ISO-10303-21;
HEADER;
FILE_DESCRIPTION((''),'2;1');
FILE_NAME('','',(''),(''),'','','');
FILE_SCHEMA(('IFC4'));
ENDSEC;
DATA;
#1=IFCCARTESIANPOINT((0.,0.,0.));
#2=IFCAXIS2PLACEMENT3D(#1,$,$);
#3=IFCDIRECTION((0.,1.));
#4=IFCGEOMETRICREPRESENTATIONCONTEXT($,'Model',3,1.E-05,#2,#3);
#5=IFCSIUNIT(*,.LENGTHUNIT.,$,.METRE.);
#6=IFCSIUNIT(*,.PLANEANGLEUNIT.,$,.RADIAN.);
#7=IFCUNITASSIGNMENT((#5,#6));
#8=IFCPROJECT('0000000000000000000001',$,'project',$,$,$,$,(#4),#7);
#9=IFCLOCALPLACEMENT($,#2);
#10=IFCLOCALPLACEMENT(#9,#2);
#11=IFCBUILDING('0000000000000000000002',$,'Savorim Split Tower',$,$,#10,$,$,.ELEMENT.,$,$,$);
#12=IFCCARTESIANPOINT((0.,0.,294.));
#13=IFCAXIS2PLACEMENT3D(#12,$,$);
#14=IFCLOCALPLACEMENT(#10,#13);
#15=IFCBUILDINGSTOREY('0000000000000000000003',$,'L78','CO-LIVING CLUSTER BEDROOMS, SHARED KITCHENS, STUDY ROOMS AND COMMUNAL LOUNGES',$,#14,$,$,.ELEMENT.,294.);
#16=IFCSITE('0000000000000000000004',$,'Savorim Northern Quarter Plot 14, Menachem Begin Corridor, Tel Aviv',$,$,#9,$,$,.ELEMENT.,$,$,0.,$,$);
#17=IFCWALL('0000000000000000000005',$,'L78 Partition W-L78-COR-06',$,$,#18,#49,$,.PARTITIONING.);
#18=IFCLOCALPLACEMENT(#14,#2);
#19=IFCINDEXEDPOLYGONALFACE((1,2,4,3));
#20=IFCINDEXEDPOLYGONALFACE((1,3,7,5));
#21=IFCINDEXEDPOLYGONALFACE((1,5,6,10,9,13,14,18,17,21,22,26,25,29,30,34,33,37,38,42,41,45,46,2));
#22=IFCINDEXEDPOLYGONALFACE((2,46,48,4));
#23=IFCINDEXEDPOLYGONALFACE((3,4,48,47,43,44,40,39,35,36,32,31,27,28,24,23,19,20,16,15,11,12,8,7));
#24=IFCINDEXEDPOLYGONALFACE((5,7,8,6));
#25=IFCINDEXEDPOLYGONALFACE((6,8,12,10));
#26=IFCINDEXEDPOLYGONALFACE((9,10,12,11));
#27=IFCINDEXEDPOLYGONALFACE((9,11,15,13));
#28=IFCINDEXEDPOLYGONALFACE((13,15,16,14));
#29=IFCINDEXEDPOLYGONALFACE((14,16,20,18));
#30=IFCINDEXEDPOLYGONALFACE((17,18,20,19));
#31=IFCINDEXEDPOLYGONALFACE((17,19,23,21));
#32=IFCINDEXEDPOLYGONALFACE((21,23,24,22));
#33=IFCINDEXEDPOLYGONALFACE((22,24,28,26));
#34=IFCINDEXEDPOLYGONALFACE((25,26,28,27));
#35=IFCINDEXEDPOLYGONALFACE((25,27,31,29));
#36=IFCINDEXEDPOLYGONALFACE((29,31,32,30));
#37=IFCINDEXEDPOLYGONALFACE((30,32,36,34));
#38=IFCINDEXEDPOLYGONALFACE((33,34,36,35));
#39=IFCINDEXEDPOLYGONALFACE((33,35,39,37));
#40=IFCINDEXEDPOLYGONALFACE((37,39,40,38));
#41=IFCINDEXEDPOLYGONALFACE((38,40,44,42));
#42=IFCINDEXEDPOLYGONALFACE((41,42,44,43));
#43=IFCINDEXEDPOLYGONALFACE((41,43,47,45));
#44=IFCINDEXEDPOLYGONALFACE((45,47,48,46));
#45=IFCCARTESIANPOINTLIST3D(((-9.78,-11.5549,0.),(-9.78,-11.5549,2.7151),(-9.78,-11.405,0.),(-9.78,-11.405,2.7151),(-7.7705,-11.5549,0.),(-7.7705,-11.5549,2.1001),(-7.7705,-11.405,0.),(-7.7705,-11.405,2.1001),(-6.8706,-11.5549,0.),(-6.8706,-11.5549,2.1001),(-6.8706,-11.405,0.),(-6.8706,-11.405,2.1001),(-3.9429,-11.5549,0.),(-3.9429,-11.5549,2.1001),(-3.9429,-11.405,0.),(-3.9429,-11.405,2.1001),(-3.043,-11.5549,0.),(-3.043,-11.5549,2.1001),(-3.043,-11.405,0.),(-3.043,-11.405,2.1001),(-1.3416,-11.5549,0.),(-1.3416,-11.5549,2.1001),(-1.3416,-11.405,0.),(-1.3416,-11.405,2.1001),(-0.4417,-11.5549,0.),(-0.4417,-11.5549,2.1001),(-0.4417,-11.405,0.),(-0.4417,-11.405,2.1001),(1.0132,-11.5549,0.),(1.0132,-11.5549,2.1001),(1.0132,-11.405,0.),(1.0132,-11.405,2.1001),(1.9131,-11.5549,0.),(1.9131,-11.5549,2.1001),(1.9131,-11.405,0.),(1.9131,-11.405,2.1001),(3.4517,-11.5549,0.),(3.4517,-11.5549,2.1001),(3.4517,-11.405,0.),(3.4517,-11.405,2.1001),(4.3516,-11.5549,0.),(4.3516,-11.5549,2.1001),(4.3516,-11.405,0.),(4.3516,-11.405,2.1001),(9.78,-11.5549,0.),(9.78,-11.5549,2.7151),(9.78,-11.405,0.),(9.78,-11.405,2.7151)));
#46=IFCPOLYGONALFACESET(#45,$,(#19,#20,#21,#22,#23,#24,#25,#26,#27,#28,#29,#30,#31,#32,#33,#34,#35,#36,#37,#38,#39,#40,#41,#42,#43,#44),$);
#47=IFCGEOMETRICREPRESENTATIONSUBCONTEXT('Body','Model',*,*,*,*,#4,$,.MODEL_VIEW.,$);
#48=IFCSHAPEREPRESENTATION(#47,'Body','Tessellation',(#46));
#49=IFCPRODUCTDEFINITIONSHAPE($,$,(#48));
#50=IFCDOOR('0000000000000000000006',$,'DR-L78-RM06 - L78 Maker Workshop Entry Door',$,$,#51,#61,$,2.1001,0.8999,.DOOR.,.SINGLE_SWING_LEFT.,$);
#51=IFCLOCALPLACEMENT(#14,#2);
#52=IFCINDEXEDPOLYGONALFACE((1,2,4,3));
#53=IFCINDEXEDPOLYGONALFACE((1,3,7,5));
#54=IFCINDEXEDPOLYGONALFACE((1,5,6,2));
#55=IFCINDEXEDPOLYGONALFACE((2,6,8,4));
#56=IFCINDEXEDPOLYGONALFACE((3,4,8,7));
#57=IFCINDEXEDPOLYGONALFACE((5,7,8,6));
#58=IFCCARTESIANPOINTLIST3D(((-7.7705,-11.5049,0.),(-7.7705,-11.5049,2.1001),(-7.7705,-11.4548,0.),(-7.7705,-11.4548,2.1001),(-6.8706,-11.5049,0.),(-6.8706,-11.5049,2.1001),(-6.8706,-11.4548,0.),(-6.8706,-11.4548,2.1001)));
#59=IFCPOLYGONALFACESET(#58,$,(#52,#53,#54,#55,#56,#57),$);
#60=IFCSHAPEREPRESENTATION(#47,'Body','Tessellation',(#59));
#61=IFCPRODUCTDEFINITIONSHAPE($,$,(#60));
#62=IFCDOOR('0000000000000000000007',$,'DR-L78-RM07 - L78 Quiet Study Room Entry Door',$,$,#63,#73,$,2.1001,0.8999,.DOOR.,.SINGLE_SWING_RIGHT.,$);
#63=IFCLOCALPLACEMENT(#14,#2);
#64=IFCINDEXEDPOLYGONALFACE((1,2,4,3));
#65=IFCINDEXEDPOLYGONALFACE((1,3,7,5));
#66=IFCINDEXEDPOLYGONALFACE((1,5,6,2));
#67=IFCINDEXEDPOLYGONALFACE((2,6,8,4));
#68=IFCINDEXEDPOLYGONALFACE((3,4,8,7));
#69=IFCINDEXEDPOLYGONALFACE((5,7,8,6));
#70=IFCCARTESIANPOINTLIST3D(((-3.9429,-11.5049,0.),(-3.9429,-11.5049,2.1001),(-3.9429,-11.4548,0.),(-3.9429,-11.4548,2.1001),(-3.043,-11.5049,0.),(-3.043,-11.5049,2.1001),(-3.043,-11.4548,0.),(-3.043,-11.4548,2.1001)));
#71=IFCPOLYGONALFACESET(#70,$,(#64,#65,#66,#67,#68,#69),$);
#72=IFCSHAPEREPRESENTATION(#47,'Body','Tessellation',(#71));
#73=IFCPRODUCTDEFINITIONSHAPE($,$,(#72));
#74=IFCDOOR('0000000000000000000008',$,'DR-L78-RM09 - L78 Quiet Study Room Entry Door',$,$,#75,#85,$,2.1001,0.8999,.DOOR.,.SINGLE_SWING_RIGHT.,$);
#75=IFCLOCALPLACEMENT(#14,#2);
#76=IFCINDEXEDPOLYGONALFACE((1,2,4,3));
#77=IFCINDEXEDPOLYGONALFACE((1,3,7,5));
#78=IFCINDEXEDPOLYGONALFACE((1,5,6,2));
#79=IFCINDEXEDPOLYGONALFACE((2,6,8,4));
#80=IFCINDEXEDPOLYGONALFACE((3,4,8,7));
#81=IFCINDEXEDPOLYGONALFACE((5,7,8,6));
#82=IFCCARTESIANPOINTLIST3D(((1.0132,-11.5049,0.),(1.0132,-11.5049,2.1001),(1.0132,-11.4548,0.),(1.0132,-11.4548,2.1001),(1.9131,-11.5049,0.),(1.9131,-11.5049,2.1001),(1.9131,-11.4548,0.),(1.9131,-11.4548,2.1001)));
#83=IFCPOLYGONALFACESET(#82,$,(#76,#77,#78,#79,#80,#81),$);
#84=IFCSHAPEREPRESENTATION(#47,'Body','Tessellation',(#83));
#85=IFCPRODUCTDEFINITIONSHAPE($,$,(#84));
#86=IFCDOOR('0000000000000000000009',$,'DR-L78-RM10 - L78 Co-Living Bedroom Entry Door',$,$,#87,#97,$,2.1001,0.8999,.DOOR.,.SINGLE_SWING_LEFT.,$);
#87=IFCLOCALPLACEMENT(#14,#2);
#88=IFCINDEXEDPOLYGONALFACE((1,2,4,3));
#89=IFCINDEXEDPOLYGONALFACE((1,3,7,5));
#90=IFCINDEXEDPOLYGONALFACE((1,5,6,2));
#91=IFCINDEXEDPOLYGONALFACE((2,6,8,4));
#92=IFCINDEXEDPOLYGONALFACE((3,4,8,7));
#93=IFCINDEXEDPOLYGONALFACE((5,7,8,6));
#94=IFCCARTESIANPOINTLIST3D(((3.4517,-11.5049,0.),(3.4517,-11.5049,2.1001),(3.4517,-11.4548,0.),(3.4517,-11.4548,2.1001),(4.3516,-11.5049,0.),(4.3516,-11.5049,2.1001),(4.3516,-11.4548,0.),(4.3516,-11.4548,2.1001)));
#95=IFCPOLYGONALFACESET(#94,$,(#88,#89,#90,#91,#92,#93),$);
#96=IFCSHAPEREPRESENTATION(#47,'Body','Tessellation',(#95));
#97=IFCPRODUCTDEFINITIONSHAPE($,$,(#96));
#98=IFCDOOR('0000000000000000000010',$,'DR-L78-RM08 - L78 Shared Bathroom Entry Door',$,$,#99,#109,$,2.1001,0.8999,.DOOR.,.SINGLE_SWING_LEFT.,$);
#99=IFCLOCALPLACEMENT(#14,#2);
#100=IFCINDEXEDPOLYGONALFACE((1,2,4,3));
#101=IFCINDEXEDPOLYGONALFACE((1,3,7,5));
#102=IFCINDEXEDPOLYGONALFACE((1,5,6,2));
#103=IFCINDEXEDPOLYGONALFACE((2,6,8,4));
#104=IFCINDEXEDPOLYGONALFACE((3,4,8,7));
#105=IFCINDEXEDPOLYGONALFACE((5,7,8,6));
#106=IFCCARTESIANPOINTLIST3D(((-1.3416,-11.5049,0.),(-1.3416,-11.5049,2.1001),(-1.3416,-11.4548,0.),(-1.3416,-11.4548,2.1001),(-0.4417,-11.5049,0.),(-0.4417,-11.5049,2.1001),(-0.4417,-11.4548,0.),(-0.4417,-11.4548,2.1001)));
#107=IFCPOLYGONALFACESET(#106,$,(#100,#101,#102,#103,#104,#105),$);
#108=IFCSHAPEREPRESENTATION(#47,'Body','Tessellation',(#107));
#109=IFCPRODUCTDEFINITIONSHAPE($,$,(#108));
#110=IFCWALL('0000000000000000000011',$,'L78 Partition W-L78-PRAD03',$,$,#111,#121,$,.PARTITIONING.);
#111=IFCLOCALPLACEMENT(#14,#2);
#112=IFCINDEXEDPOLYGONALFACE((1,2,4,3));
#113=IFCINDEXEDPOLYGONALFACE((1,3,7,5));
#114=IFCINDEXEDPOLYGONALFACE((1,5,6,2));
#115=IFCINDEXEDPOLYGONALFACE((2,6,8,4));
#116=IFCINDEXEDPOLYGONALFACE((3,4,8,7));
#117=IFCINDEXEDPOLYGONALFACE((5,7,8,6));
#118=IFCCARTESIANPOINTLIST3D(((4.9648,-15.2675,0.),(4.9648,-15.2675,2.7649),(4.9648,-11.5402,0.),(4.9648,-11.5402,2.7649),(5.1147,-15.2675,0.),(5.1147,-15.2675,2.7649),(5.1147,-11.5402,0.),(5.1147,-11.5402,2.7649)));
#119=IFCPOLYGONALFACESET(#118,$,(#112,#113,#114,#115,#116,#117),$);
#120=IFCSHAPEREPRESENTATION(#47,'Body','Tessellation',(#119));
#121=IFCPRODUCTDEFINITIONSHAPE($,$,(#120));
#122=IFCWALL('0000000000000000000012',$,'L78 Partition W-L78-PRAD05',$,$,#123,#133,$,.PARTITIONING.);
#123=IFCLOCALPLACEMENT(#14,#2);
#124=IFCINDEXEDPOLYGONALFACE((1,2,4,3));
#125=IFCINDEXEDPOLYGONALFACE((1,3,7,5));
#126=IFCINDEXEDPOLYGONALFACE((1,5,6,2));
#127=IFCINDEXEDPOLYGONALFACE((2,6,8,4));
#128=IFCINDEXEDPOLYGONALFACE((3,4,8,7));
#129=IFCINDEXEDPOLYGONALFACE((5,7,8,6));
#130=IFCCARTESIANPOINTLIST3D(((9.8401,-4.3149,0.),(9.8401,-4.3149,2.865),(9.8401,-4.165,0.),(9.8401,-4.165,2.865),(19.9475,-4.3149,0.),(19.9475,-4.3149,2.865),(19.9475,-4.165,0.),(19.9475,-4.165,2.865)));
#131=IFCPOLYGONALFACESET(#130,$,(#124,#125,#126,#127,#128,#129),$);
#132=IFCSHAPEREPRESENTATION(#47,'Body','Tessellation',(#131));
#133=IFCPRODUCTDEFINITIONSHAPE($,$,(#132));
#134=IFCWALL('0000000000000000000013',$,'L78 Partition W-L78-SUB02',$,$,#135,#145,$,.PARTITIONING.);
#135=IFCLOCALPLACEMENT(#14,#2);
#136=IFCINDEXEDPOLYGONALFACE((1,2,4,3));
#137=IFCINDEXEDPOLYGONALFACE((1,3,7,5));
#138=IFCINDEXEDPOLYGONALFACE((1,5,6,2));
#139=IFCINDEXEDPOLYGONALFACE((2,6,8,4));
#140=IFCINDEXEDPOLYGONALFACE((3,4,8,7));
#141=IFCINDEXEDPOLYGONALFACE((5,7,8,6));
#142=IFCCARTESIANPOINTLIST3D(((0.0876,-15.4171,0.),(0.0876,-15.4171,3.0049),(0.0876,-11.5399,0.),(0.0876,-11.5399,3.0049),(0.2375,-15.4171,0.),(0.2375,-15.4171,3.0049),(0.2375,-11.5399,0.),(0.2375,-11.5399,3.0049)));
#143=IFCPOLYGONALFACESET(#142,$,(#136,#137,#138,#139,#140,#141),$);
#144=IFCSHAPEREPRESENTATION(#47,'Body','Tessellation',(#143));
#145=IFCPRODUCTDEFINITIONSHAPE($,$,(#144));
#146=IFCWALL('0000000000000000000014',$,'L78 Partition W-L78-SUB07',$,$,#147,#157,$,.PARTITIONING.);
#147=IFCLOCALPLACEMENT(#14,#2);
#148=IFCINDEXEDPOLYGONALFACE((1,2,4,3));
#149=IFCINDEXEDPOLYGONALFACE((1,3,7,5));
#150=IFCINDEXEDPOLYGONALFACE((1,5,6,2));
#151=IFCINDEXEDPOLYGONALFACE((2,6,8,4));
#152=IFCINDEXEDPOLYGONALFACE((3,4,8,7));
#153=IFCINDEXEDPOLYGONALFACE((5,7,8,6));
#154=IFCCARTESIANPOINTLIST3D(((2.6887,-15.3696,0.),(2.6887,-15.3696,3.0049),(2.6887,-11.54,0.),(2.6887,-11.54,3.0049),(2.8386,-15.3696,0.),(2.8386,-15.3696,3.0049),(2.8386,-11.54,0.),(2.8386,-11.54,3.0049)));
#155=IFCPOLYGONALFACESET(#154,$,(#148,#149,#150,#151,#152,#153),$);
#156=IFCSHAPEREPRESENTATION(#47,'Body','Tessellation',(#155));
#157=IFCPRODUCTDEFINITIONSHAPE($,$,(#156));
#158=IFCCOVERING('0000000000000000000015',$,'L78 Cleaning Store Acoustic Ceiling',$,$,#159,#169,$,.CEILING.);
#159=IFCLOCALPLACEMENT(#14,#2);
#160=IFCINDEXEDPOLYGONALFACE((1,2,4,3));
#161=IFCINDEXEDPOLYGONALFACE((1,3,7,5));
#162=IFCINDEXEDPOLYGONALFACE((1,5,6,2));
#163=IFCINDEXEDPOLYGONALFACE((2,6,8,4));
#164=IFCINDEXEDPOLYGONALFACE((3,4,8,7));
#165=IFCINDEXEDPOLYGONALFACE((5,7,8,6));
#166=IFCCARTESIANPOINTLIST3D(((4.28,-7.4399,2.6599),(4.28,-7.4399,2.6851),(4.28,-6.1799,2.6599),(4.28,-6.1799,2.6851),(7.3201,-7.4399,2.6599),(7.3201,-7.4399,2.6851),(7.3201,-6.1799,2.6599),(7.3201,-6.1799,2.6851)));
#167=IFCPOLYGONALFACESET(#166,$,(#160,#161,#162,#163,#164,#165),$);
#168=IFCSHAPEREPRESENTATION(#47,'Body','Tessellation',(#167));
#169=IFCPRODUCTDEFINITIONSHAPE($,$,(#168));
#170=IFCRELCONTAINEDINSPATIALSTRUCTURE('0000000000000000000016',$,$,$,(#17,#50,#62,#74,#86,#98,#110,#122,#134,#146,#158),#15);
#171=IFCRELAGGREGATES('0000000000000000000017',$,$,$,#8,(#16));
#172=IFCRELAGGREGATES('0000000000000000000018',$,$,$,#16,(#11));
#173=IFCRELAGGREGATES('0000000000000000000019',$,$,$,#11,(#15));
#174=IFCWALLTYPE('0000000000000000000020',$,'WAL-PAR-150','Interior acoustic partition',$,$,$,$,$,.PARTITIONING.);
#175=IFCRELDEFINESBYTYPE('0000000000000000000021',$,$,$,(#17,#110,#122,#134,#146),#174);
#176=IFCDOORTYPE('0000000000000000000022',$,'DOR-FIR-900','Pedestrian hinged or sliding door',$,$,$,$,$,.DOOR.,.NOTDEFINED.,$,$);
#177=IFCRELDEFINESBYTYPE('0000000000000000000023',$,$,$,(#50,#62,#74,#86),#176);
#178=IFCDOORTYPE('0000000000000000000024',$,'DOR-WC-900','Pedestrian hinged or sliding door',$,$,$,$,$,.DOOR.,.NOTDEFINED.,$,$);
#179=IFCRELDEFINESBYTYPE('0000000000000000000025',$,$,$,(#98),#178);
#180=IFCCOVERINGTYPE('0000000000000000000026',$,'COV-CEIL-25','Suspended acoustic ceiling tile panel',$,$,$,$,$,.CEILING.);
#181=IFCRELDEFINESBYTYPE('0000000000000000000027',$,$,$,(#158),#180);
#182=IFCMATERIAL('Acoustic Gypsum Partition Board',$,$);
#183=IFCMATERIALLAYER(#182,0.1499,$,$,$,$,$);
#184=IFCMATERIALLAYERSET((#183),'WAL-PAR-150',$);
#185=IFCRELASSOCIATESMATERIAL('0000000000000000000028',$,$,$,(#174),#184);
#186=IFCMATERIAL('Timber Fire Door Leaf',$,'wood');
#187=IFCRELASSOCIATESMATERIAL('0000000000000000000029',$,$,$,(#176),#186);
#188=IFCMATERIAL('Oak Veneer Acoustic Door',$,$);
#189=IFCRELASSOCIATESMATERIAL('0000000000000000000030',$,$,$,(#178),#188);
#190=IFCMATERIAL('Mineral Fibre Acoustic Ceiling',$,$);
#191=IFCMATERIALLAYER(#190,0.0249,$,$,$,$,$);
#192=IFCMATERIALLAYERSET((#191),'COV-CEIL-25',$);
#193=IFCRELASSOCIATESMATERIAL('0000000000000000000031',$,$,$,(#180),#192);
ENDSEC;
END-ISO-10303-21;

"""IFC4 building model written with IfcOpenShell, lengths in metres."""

from ifc_helpers import new_model, si_unit, direction, frame, frame_2d, origin, place, context, subcontext, project, spatial, polyline, rectangle, outline, extrude, material, layer, layer_set, type_object, element, fill, save


model = new_model("IFC4")

# Units and contexts
model_context = context("Model", 3, precision=1e-05, world=origin(), true_north=direction((0.0, 1.0)))
body_context = subcontext(model_context, "Body", "Model", "MODEL_VIEW")
ifc_project = project(units=[si_unit("LENGTHUNIT", "METRE"), si_unit("PLANEANGLEUNIT", "RADIAN")], contexts=[model_context])

# Site, building, storey
site_placement = place(None, origin())
site = spatial("IfcSite", under=ifc_project, at=site_placement, Name="Savorim Northern Quarter Plot 14, Menachem Begin Corridor, Tel Aviv", CompositionType="ELEMENT", RefElevation=0.0)
building_placement = place(site_placement, origin())
building = spatial("IfcBuilding", under=site, at=building_placement, Name="Savorim Split Tower", CompositionType="ELEMENT")
storey_placement = place(building_placement, frame((0.0, 0.0, 294.0)))
storey = spatial("IfcBuildingStorey", under=building, at=storey_placement, Name="L78", Description="CO-LIVING CLUSTER BEDROOMS, SHARED KITCHENS, STUDY ROOMS AND COMMUNAL LOUNGES", CompositionType="ELEMENT", Elevation=294.0)

# Shared definitions
ifc_material_1 = material(Name="Timber Fire Door Leaf", Category="wood")

# Shared definitions
ifc_material_2 = material(Name="Acoustic Gypsum Partition Board")
ifc_layer_1 = layer(ifc_material_2, 0.1499)
ifc_layer_set_1 = layer_set([ifc_layer_1], Name="WAL-PAR-150")
wall_type_1 = type_object("IfcWallType", Name="WAL-PAR-150", Description="Interior acoustic partition", PredefinedType="PARTITIONING", material=ifc_layer_set_1)
door_type_1 = type_object("IfcDoorType", Name="DOR-FIR-900", Description="Pedestrian hinged or sliding door", OperationType="NOTDEFINED", PredefinedType="DOOR", material=ifc_material_1)
ifc_material_3 = material(Name="Oak Veneer Acoustic Door")
door_type_2 = type_object("IfcDoorType", Name="DOR-WC-900", Description="Pedestrian hinged or sliding door", OperationType="NOTDEFINED", PredefinedType="DOOR", material=ifc_material_3)

# Wall, openings, doors
wall_1_placement = place(storey_placement, frame((9.78, -11.48, 0.0), z_axis=(0.0, 0.0, 1.0), x_axis=(-1.0, 0.0, 0.0)))
wall_1 = element("IfcWall", 1, at=wall_1_placement, inside=storey, type_object=wall_type_1, Name="L78 Partition W-L78-COR-06", PredefinedType="PARTITIONING", context=body_context, shape_type="SweptSolid", body=[
    extrude(rectangle(XDim=19.5601, YDim=0.1499, at=frame_2d((9.78, 0.0))), origin(), (0.0, 0.0, 1.0), 2.7151),
])
opening_1_placement = place(wall_1_placement, frame((16.6506, 0.0, 0.0)))
opening_1 = element("IfcOpeningElement", 2, at=opening_1_placement, cuts=wall_1, PredefinedType="OPENING", context=body_context, shape_type="SweptSolid", body=[
    extrude(rectangle(XDim=0.8999, YDim=2.1001, at=frame_2d((0.45, 1.05))), frame((0.0, 0.085, 0.0), z_axis=(0.0, -1.0, 0.0), x_axis=(1.0, 0.0, 0.0)), (0.0, 0.0, 1.0), 0.1699),
])
opening_2_placement = place(wall_1_placement, frame((12.823, 0.0, 0.0)))
opening_2 = element("IfcOpeningElement", 3, at=opening_2_placement, cuts=wall_1, PredefinedType="OPENING", context=body_context, shape_type="SweptSolid", body=[
    extrude(rectangle(XDim=0.8999, YDim=2.1001, at=frame_2d((0.45, 1.05))), frame((0.0, 0.085, 0.0), z_axis=(0.0, -1.0, 0.0), x_axis=(1.0, 0.0, 0.0)), (0.0, 0.0, 1.0), 0.1699),
])
opening_3_placement = place(wall_1_placement, frame((10.2217, 0.0, 0.0)))
opening_3 = element("IfcOpeningElement", 4, at=opening_3_placement, cuts=wall_1, PredefinedType="OPENING", context=body_context, shape_type="SweptSolid", body=[
    extrude(rectangle(XDim=0.8999, YDim=2.1001, at=frame_2d((0.45, 1.05))), frame((0.0, 0.085, 0.0), z_axis=(0.0, -1.0, 0.0), x_axis=(1.0, 0.0, 0.0)), (0.0, 0.0, 1.0), 0.1699),
])
opening_4_placement = place(wall_1_placement, frame((7.8669, 0.0, 0.0)))
opening_4 = element("IfcOpeningElement", 5, at=opening_4_placement, cuts=wall_1, PredefinedType="OPENING", context=body_context, shape_type="SweptSolid", body=[
    extrude(rectangle(XDim=0.8999, YDim=2.1001, at=frame_2d((0.45, 1.05))), frame((0.0, 0.085, 0.0), z_axis=(0.0, -1.0, 0.0), x_axis=(1.0, 0.0, 0.0)), (0.0, 0.0, 1.0), 0.1699),
])
opening_5_placement = place(wall_1_placement, frame((5.4285, 0.0, 0.0)))
opening_5 = element("IfcOpeningElement", 6, at=opening_5_placement, cuts=wall_1, PredefinedType="OPENING", context=body_context, shape_type="SweptSolid", body=[
    extrude(rectangle(XDim=0.8999, YDim=2.1001, at=frame_2d((0.45, 1.05))), frame((0.0, 0.085, 0.0), z_axis=(0.0, -1.0, 0.0), x_axis=(1.0, 0.0, 0.0)), (0.0, 0.0, 1.0), 0.1699),
])
door_1_placement = place(opening_1_placement, origin())
door_1 = element("IfcDoor", 7, at=door_1_placement, inside=storey, type_object=door_type_1, Name="DR-L78-RM06 - L78 Maker Workshop Entry Door", OperationType="SINGLE_SWING_LEFT", OverallHeight=2.1001, OverallWidth=0.8999, PredefinedType="DOOR", context=body_context, shape_type="SweptSolid", body=[
    extrude(rectangle(XDim=0.8999, YDim=2.1001, at=frame_2d((0.45, 1.05))), frame((0.0, 0.0249, 0.0), z_axis=(0.0, -1.0, 0.0), x_axis=(1.0, 0.0, 0.0)), (0.0, 0.0, 1.0), 0.05),
])
fill(opening_1, door_1)
door_2_placement = place(opening_2_placement, origin())
door_2 = element("IfcDoor", 8, at=door_2_placement, inside=storey, type_object=door_type_1, Name="DR-L78-RM07 - L78 Quiet Study Room Entry Door", OperationType="SINGLE_SWING_RIGHT", OverallHeight=2.1001, OverallWidth=0.8999, PredefinedType="DOOR", context=body_context, shape_type="SweptSolid", body=[
    extrude(rectangle(XDim=0.8999, YDim=2.1001, at=frame_2d((0.45, 1.05))), frame((0.0, 0.0249, 0.0), z_axis=(0.0, -1.0, 0.0), x_axis=(1.0, 0.0, 0.0)), (0.0, 0.0, 1.0), 0.05),
])
fill(opening_2, door_2)
door_3_placement = place(opening_4_placement, origin())
door_3 = element("IfcDoor", 9, at=door_3_placement, inside=storey, type_object=door_type_1, Name="DR-L78-RM09 - L78 Quiet Study Room Entry Door", OperationType="SINGLE_SWING_RIGHT", OverallHeight=2.1001, OverallWidth=0.8999, PredefinedType="DOOR", context=body_context, shape_type="SweptSolid", body=[
    extrude(rectangle(XDim=0.8999, YDim=2.1001, at=frame_2d((0.45, 1.05))), frame((0.0, 0.0249, 0.0), z_axis=(0.0, -1.0, 0.0), x_axis=(1.0, 0.0, 0.0)), (0.0, 0.0, 1.0), 0.05),
])
fill(opening_4, door_3)
door_4_placement = place(opening_5_placement, origin())
door_4 = element("IfcDoor", 10, at=door_4_placement, inside=storey, type_object=door_type_1, Name="DR-L78-RM10 - L78 Co-Living Bedroom Entry Door", OperationType="SINGLE_SWING_LEFT", OverallHeight=2.1001, OverallWidth=0.8999, PredefinedType="DOOR", context=body_context, shape_type="SweptSolid", body=[
    extrude(rectangle(XDim=0.8999, YDim=2.1001, at=frame_2d((0.45, 1.05))), frame((0.0, 0.0249, 0.0), z_axis=(0.0, -1.0, 0.0), x_axis=(1.0, 0.0, 0.0)), (0.0, 0.0, 1.0), 0.05),
])
fill(opening_5, door_4)
door_5_placement = place(opening_3_placement, origin())
door_5 = element("IfcDoor", 11, at=door_5_placement, inside=storey, type_object=door_type_2, Name="DR-L78-RM08 - L78 Shared Bathroom Entry Door", OperationType="SINGLE_SWING_LEFT", OverallHeight=2.1001, OverallWidth=0.8999, PredefinedType="DOOR", context=body_context, shape_type="SweptSolid", body=[
    extrude(rectangle(XDim=0.8999, YDim=2.1001, at=frame_2d((0.45, 1.05))), frame((0.0, 0.0249, 0.0), z_axis=(0.0, -1.0, 0.0), x_axis=(1.0, 0.0, 0.0)), (0.0, 0.0, 1.0), 0.05),
])
fill(opening_3, door_5)

# Walls
wall_2_placement = place(storey_placement, frame((5.0398, -11.54, 0.0), z_axis=(0.0, 0.0, 1.0), x_axis=(0.0, -1.0, 0.0)))
element("IfcWall", 12, at=wall_2_placement, inside=storey, type_object=wall_type_1, Name="L78 Partition W-L78-PRAD03", PredefinedType="PARTITIONING", context=body_context, shape_type="SweptSolid", body=[
    extrude(rectangle(XDim=3.7273, YDim=0.1499, at=frame_2d((1.8638, 0.0))), origin(), (0.0, 0.0, 1.0), 2.7649),
])
wall_3_placement = place(storey_placement, frame((9.8401, -4.24, 0.0), z_axis=(0.0, 0.0, 1.0), x_axis=(1.0, 0.0, 0.0)))
element("IfcWall", 13, at=wall_3_placement, inside=storey, type_object=wall_type_1, Name="L78 Partition W-L78-PRAD05", PredefinedType="PARTITIONING", context=body_context, shape_type="SweptSolid", body=[
    extrude(rectangle(XDim=10.1074, YDim=0.1499, at=frame_2d((5.0537, 0.0))), origin(), (0.0, 0.0, 1.0), 2.865),
])
wall_4_placement = place(storey_placement, frame((0.1626, -11.54, 0.0), z_axis=(0.0, 0.0, 1.0), x_axis=(0.0, -1.0, 0.0)))
element("IfcWall", 14, at=wall_4_placement, inside=storey, type_object=wall_type_1, Name="L78 Partition W-L78-SUB02", PredefinedType="PARTITIONING", context=body_context, shape_type="SweptSolid", body=[
    extrude(rectangle(XDim=3.8772, YDim=0.1499, at=frame_2d((1.9385, 0.0))), origin(), (0.0, 0.0, 1.0), 3.0049),
])
wall_5_placement = place(storey_placement, frame((2.7637, -11.54, 0.0), z_axis=(0.0, 0.0, 1.0), x_axis=(0.0, -1.0, 0.0)))
element("IfcWall", 15, at=wall_5_placement, inside=storey, type_object=wall_type_1, Name="L78 Partition W-L78-SUB07", PredefinedType="PARTITIONING", context=body_context, shape_type="SweptSolid", body=[
    extrude(rectangle(XDim=3.8296, YDim=0.1499, at=frame_2d((1.9148, 0.0))), origin(), (0.0, 0.0, 1.0), 3.0049),
])

# Covering
ifc_material_4 = material(Name="Mineral Fibre Acoustic Ceiling")
ifc_layer_2 = layer(ifc_material_4, 0.0249)
ifc_layer_set_2 = layer_set([ifc_layer_2], Name="COV-CEIL-25")
covering_type_1 = type_object("IfcCoveringType", Name="COV-CEIL-25", Description="Suspended acoustic ceiling tile panel", PredefinedType="CEILING", material=ifc_layer_set_2)
covering_1_placement = place(storey_placement, frame((0.0, 0.0, 2.6599)))
element("IfcCovering", 16, at=covering_1_placement, inside=storey, type_object=covering_type_1, Name="L78 Cleaning Store Acoustic Ceiling", PredefinedType="CEILING", context=body_context, shape_type="SweptSolid", body=[
    extrude(outline(polyline([(4.28, -6.1799), (4.28, -7.4399), (7.3201, -7.4399), (7.3201, -6.1799), (4.28, -6.1799)])), origin(), (0.0, 0.0, 1.0), 0.0251),
])

save(model, "model.ifc")
